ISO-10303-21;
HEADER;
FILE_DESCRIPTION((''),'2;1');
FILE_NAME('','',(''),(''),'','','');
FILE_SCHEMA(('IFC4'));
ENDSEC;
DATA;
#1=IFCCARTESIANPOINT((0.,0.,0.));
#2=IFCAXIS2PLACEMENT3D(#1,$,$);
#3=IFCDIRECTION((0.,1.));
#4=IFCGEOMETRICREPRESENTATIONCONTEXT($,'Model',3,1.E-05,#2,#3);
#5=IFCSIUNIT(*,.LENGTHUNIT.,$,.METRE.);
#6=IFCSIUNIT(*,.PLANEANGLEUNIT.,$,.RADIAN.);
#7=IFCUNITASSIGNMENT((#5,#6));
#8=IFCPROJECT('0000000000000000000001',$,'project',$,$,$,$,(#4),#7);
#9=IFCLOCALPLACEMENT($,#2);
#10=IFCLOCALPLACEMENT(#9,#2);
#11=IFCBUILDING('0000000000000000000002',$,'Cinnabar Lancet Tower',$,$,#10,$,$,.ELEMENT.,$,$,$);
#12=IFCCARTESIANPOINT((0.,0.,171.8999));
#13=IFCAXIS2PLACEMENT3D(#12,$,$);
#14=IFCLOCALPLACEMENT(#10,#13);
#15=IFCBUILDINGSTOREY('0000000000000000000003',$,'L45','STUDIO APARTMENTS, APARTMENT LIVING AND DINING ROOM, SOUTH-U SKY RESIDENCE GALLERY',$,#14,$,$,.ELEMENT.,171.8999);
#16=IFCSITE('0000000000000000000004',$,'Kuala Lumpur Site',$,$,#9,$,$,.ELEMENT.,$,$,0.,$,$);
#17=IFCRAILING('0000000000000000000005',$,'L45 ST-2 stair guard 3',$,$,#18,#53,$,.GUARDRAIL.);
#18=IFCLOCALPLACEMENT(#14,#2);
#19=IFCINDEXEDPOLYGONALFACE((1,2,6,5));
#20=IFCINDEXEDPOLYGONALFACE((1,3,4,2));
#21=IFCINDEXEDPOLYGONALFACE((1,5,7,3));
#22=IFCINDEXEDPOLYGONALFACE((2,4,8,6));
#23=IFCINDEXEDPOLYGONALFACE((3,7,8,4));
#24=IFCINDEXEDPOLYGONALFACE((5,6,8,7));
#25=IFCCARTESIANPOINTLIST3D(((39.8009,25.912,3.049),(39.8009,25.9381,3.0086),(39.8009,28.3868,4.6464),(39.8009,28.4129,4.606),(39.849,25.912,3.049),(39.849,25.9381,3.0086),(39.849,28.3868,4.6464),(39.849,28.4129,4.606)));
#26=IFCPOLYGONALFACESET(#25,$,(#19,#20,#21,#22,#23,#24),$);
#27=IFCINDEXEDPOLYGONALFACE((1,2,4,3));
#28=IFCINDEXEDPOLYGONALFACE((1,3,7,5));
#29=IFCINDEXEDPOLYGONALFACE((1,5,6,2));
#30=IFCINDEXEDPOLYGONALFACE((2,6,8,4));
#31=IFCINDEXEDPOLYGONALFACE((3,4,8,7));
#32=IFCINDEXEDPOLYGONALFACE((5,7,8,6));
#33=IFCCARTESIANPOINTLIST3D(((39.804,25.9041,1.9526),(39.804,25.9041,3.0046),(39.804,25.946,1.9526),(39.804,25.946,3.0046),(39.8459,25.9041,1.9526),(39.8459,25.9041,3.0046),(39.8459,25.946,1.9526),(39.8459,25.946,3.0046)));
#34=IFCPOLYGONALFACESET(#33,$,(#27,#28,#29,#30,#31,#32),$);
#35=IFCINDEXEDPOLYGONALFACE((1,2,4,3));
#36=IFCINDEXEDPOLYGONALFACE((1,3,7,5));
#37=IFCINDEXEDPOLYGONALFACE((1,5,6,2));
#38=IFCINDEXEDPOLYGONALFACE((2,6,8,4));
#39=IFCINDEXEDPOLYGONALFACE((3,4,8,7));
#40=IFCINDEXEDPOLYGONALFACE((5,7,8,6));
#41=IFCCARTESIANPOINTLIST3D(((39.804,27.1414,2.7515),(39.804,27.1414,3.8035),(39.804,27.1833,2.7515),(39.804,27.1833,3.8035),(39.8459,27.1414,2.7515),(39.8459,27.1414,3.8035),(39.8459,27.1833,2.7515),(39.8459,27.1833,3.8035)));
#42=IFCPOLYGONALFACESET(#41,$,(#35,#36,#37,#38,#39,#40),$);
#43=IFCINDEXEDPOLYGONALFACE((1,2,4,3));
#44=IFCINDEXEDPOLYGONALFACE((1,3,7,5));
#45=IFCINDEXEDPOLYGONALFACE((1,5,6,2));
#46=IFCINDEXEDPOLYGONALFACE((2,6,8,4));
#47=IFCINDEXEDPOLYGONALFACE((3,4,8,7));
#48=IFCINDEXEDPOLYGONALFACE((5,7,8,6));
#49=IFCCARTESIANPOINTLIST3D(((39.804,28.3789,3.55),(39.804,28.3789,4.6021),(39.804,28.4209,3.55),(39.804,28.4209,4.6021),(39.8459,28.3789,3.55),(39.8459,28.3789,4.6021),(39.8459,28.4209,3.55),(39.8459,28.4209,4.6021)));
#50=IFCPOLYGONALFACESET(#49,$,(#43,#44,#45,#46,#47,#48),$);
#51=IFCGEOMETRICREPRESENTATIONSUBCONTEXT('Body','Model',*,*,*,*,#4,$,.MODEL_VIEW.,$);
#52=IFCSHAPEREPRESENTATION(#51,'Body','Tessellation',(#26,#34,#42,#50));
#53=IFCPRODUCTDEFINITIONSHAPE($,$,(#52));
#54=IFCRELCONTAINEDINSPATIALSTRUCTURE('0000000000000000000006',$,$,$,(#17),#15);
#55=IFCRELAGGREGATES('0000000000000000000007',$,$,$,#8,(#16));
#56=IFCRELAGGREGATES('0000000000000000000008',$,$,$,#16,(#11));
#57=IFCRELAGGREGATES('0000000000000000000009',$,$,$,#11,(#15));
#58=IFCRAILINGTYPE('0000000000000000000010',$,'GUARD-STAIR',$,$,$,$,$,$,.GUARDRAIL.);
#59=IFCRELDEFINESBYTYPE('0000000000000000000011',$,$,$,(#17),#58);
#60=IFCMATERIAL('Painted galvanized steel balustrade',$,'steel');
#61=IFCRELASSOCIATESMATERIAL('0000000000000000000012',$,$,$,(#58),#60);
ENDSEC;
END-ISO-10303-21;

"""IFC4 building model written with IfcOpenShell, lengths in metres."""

from ifc_helpers import new_model, si_unit, direction, frame, origin, origin_2d, place, context, subcontext, project, spatial, rectangle, extrude, material, type_object, element, save


model = new_model("IFC4")

# Units and contexts
model_context = context("Model", 3, precision=1e-05, world=origin(), true_north=direction((0.0, 1.0)))
body_context = subcontext(model_context, "Body", "Model", "MODEL_VIEW")
ifc_project = project(units=[si_unit("LENGTHUNIT", "METRE"), si_unit("PLANEANGLEUNIT", "RADIAN")], contexts=[model_context])

# Site, building, storey
site_placement = place(None, origin())
site = spatial("IfcSite", under=ifc_project, at=site_placement, Name="Kuala Lumpur Site", CompositionType="ELEMENT", RefElevation=0.0)
building_placement = place(site_placement, origin())
building = spatial("IfcBuilding", under=site, at=building_placement, Name="Cinnabar Lancet Tower", CompositionType="ELEMENT")
storey_placement = place(building_placement, frame((0.0, 0.0, 171.8999)))
storey = spatial("IfcBuildingStorey", under=building, at=storey_placement, Name="L45", Description="STUDIO APARTMENTS, APARTMENT LIVING AND DINING ROOM, SOUTH-U SKY RESIDENCE GALLERY", CompositionType="ELEMENT", Elevation=171.8999)

# Railing
ifc_material_1 = material(Name="Painted galvanized steel balustrade", Category="steel")
railing_type = type_object("IfcRailingType", Name="GUARD-STAIR", PredefinedType="GUARDRAIL", material=ifc_material_1)
railing_1_placement = place(storey_placement, frame((39.825, 25.925, 1.9526)))
element("IfcRailing", 1, at=railing_1_placement, inside=storey, type_object=railing_type, Name="L45 ST-2 stair guard 3", PredefinedType="GUARDRAIL", context=body_context, shape_type="SweptSolid", body=[
    extrude(rectangle(XDim=0.0481, YDim=0.0481, at=origin_2d()), frame((0.0, 0.0, 1.0762), z_axis=(0.0, 0.840183, 0.542302), x_axis=(-1.0, 0.0, 0.0)), (0.0, 0.0, 1.0), 2.9456),
    extrude(rectangle(XDim=0.042, YDim=0.042, at=origin_2d()), origin(), (0.0, 0.0, 1.0), 1.052),
    extrude(rectangle(XDim=0.042, YDim=0.042, at=origin_2d()), frame((0.0, 1.2373, 0.7988)), (0.0, 0.0, 1.0), 1.052),
    extrude(rectangle(XDim=0.042, YDim=0.042, at=origin_2d()), frame((0.0, 2.4749, 1.5974)), (0.0, 0.0, 1.0), 1.052),
])

save(model, "model.ifc")
